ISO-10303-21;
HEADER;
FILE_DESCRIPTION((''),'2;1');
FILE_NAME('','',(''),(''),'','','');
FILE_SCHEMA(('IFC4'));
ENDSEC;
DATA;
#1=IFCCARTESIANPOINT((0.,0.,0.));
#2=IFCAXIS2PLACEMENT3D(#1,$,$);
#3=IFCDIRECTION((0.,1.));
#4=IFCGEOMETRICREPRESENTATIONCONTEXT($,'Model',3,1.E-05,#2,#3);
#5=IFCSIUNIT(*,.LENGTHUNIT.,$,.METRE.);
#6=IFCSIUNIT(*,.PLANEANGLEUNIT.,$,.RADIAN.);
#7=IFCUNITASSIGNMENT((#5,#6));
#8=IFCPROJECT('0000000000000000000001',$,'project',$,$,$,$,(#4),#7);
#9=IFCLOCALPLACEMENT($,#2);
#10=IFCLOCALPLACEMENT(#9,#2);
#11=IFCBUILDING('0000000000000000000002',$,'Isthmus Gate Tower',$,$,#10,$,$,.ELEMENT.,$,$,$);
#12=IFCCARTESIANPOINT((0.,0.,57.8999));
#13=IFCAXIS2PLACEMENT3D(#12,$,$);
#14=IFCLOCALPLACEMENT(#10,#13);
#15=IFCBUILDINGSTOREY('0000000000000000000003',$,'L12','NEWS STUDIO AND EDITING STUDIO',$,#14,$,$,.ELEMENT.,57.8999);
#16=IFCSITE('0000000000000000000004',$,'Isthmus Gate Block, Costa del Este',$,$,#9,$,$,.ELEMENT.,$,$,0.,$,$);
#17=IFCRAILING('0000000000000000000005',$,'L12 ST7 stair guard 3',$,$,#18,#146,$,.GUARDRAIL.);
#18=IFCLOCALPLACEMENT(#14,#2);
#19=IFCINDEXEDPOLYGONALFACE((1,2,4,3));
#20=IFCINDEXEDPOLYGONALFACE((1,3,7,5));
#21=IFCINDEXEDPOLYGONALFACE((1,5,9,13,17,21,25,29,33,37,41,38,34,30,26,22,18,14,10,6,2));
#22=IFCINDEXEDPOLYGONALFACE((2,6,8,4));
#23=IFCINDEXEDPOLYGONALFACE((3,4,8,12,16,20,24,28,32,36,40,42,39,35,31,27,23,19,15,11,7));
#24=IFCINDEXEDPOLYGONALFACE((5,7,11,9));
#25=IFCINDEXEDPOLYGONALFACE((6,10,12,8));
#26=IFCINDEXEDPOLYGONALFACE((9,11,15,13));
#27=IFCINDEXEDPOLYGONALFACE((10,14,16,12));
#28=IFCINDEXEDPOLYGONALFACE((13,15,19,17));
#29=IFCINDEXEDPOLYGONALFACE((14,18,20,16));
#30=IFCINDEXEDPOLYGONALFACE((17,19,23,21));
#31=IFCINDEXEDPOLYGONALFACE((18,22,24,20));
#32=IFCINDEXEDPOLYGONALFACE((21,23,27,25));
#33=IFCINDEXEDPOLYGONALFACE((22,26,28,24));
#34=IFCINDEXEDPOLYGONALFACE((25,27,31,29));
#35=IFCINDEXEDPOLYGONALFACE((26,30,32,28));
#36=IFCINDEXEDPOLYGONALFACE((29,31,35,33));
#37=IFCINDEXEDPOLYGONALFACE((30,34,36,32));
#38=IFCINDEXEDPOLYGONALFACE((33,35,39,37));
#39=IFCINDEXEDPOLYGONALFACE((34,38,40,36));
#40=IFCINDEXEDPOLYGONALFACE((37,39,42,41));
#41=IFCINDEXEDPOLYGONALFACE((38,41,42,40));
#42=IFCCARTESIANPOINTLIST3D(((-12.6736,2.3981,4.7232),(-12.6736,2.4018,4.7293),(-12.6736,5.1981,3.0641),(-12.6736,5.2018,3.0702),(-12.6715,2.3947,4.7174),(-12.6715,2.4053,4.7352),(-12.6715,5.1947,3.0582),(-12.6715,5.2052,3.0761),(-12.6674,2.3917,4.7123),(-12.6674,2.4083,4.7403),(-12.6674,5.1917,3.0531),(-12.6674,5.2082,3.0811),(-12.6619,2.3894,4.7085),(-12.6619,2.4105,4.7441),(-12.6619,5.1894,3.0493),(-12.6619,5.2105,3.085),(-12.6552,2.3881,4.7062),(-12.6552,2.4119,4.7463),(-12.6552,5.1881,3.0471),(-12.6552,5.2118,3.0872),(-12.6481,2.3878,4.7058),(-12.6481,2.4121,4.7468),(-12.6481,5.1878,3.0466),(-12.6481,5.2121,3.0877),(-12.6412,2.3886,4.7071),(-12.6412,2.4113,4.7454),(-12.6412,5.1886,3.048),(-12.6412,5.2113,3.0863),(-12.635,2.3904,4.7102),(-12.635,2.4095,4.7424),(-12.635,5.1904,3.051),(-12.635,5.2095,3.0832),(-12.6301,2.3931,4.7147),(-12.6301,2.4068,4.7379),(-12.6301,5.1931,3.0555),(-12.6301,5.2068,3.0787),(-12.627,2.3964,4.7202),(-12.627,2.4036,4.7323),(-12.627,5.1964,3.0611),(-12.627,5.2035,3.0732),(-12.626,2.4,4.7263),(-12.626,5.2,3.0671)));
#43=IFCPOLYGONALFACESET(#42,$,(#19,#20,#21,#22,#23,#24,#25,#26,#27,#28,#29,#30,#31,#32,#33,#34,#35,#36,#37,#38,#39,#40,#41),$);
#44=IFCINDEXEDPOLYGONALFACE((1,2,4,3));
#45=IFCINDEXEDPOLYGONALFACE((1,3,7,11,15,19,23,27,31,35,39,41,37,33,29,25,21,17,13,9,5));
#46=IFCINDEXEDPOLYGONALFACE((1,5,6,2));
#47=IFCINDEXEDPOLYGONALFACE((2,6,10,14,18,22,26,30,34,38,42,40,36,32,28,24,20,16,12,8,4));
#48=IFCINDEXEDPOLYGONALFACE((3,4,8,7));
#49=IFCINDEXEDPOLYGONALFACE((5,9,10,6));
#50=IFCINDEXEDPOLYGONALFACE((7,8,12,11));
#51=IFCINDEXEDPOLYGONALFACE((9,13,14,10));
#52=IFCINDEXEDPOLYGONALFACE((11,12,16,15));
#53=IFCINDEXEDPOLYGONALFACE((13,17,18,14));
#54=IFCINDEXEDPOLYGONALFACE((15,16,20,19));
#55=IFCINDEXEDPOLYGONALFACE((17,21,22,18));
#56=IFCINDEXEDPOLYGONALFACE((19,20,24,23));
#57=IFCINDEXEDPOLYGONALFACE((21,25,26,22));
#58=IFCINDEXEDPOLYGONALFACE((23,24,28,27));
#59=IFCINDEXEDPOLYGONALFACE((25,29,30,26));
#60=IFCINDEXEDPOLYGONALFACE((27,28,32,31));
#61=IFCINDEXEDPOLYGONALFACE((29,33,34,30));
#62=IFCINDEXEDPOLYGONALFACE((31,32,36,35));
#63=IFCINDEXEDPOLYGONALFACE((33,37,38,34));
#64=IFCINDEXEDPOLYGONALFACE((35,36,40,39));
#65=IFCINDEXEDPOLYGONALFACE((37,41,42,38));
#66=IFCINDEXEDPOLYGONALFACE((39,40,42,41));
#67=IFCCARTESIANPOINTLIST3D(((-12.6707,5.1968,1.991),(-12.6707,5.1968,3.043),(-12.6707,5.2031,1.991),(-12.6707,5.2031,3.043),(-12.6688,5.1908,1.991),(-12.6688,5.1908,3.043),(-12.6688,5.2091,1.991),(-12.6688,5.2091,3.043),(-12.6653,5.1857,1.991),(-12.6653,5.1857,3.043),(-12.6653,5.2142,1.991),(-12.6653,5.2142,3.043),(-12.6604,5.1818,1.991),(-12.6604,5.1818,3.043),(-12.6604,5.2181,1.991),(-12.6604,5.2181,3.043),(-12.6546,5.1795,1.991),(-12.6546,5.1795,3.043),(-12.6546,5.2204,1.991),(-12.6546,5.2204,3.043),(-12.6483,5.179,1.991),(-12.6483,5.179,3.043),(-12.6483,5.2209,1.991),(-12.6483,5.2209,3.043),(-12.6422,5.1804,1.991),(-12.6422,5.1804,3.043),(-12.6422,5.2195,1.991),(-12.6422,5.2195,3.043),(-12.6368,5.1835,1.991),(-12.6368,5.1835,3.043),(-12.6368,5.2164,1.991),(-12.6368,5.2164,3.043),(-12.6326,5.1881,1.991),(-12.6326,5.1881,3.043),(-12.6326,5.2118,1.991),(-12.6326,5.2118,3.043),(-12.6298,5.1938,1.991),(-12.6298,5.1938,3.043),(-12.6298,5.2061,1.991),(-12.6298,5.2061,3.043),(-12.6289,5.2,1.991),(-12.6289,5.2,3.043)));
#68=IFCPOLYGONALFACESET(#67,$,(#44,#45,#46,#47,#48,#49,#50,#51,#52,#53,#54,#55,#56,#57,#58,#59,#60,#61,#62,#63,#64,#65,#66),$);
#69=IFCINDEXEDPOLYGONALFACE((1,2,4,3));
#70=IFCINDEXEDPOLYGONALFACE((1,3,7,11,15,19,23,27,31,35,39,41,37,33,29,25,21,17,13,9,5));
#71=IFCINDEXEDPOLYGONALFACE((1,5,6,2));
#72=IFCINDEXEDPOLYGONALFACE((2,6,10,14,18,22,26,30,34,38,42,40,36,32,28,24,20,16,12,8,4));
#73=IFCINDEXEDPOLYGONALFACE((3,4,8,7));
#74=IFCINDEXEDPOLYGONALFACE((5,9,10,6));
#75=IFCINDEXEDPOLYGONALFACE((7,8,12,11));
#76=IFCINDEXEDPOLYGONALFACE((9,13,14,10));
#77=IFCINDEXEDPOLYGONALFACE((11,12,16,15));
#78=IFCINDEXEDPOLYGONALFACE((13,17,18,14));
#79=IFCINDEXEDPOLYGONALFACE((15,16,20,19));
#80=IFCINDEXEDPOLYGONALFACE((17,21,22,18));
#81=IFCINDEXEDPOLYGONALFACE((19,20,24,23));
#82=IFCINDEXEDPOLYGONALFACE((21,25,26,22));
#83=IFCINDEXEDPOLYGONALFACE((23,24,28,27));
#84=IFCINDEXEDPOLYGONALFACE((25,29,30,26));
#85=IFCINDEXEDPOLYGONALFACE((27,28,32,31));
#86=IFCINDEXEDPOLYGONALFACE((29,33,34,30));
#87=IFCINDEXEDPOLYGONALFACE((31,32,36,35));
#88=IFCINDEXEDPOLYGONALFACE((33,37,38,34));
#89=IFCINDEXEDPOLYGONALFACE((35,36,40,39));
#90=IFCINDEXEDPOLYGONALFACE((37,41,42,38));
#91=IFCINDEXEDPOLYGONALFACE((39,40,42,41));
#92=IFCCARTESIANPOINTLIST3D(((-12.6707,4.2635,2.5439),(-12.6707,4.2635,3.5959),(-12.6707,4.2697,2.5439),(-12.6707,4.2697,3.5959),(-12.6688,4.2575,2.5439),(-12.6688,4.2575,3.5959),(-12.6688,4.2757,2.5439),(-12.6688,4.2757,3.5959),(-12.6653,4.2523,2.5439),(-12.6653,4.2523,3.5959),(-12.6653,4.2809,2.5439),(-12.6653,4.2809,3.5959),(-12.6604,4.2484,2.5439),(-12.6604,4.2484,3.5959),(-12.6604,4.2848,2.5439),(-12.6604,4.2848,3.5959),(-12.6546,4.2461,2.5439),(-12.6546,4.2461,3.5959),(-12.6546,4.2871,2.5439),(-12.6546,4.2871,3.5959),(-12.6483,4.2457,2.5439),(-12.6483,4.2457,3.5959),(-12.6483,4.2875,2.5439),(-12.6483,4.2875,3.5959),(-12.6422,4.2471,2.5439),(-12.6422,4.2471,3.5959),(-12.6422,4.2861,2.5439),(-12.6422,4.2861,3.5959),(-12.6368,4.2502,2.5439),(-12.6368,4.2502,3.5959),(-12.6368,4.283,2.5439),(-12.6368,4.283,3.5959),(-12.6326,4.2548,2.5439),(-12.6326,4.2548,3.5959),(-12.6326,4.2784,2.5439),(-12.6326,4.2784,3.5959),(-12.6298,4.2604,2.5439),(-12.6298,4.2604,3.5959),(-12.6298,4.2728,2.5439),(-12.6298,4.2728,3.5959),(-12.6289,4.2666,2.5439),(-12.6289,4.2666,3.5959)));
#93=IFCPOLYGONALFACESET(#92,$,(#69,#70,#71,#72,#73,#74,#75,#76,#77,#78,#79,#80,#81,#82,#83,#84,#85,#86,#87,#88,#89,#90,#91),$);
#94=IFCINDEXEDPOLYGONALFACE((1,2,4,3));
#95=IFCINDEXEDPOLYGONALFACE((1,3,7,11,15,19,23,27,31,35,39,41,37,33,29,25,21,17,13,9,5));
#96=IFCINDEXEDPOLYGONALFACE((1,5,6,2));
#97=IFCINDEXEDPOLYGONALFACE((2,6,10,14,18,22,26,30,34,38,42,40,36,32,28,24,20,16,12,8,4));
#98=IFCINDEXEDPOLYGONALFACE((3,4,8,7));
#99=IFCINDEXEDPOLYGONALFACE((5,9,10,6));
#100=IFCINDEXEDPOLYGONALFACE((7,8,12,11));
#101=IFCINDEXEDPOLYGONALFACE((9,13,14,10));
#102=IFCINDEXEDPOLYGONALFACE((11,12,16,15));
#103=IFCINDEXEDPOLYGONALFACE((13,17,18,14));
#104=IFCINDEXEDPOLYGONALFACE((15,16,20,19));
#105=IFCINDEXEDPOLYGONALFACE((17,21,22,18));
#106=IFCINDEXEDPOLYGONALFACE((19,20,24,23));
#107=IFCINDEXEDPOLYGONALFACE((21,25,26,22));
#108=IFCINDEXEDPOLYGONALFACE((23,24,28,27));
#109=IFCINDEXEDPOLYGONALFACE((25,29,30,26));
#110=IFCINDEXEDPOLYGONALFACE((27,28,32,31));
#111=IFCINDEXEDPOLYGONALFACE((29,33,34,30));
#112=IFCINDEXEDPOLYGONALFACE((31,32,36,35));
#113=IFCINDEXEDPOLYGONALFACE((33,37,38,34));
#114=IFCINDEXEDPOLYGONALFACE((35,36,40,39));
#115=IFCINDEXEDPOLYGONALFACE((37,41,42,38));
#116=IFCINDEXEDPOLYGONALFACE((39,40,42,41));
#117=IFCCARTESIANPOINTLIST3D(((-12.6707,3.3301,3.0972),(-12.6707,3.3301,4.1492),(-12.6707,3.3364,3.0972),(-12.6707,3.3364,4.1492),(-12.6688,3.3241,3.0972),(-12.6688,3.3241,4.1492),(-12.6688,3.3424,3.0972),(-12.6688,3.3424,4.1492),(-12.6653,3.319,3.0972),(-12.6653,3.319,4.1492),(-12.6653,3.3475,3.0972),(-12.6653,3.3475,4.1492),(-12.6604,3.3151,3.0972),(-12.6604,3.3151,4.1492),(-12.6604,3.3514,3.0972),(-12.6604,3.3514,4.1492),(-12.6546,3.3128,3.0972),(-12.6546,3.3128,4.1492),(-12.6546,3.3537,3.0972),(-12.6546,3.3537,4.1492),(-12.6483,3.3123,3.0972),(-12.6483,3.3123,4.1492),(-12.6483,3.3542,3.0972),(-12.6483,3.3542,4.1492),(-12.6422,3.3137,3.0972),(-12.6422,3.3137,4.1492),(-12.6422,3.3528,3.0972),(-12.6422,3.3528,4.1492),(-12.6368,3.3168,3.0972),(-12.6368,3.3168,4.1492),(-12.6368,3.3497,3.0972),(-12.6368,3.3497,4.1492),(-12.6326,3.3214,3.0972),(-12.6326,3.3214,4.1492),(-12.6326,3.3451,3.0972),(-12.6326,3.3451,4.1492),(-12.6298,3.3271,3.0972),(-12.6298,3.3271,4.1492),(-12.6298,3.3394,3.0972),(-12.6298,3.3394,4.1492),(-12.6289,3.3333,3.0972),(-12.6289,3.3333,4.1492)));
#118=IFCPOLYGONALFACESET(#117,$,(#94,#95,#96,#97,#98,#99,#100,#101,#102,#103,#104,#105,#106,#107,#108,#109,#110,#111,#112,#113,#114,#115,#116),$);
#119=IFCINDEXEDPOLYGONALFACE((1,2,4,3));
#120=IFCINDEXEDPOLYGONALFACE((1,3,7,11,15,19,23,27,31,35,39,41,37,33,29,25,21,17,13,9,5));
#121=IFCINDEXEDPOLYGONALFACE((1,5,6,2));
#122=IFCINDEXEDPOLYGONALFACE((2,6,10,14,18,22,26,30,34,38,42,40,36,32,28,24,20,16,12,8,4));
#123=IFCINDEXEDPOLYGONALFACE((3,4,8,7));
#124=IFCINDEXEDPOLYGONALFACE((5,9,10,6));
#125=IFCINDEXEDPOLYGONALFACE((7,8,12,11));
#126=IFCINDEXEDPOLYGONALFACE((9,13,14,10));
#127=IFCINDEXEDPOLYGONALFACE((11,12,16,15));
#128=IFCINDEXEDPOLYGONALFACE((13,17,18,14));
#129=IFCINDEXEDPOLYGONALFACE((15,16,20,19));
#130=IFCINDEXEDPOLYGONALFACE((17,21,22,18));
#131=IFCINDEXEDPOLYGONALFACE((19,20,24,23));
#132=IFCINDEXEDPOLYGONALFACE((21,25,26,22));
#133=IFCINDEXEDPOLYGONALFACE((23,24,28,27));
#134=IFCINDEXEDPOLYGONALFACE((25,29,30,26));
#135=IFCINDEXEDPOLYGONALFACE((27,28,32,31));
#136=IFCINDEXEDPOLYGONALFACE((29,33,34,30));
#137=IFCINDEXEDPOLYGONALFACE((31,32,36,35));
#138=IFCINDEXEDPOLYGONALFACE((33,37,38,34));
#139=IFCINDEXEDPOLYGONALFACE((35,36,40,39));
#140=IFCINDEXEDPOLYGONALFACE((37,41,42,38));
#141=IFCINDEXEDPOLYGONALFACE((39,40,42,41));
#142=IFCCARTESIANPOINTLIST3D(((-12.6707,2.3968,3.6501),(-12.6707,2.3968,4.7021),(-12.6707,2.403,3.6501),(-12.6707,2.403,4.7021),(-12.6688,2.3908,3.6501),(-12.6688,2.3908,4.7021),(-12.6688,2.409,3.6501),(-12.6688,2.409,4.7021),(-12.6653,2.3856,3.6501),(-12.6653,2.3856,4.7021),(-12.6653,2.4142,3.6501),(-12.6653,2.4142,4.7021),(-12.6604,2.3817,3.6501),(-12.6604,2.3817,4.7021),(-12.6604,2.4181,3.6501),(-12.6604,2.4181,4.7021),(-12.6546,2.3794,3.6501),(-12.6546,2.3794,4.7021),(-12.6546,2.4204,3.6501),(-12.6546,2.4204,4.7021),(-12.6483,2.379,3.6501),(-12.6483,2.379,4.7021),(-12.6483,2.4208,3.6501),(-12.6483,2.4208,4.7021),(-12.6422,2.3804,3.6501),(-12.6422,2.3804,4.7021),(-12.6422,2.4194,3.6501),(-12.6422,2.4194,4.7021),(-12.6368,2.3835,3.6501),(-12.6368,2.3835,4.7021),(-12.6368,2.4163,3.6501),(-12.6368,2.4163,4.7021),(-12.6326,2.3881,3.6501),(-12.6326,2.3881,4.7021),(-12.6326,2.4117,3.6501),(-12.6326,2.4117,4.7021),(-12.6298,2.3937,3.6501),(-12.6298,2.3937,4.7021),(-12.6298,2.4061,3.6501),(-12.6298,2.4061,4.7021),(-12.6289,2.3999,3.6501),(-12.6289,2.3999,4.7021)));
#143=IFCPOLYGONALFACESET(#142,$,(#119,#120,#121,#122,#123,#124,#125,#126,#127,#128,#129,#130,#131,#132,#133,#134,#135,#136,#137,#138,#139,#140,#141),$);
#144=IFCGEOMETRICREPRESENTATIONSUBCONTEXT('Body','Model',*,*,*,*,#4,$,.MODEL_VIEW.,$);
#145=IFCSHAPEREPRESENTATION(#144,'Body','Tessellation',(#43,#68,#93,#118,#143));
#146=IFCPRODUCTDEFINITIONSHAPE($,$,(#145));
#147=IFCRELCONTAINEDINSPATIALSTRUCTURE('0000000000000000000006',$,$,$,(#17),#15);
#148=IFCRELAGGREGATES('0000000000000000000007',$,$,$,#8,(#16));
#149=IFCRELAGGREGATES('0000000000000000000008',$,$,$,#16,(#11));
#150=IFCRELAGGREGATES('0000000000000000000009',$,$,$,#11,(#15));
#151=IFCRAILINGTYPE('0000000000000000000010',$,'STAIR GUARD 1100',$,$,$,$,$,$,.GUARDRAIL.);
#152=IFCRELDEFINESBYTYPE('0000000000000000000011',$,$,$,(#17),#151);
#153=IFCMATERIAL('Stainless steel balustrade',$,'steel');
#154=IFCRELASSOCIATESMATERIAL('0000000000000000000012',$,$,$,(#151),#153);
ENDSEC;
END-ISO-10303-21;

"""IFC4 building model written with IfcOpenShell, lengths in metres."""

from ifc_helpers import new_model, si_unit, direction, frame, origin, origin_2d, place, context, subcontext, project, spatial, circle, extrude, material, type_object, element, save


model = new_model("IFC4")

# Units and contexts
model_context = context("Model", 3, precision=1e-05, world=origin(), true_north=direction((0.0, 1.0)))
body_context = subcontext(model_context, "Body", "Model", "MODEL_VIEW")
ifc_project = project(units=[si_unit("LENGTHUNIT", "METRE"), si_unit("PLANEANGLEUNIT", "RADIAN")], contexts=[model_context])

# Site, building, storey
site_placement = place(None, origin())
site = spatial("IfcSite", under=ifc_project, at=site_placement, Name="Isthmus Gate Block, Costa del Este", CompositionType="ELEMENT", RefElevation=0.0)
building_placement = place(site_placement, origin())
building = spatial("IfcBuilding", under=site, at=building_placement, Name="Isthmus Gate Tower", CompositionType="ELEMENT")
storey_placement = place(building_placement, frame((0.0, 0.0, 57.8999)))
storey = spatial("IfcBuildingStorey", under=building, at=storey_placement, Name="L12", Description="NEWS STUDIO AND EDITING STUDIO", CompositionType="ELEMENT", Elevation=57.8999)

# Railing
ifc_material_1 = material(Name="Stainless steel balustrade", Category="steel")
railing_type_1 = type_object("IfcRailingType", Name="STAIR GUARD 1100", PredefinedType="GUARDRAIL", material=ifc_material_1)
railing_1_placement = place(storey_placement, frame((-12.6499, 5.2, 1.991)))
element("IfcRailing", 1, at=railing_1_placement, inside=storey, type_object=railing_type_1, Name="L12 ST7 stair guard 3", PredefinedType="GUARDRAIL", context=body_context, shape_type="SweptSolid", body=[
    extrude(circle(Radius=0.0239, at=origin_2d()), frame((0.0, 0.0, 1.0762), z_axis=(0.0, -0.860306, 0.509778), x_axis=(1.0, 0.0, 0.0)), (0.0, 0.0, 1.0), 3.2546),
    extrude(circle(Radius=0.021, at=origin_2d()), origin(), (0.0, 0.0, 1.0), 1.052),
    extrude(circle(Radius=0.021, at=origin_2d()), frame((0.0, -0.9333, 0.553)), (0.0, 0.0, 1.0), 1.052),
    extrude(circle(Radius=0.021, at=origin_2d()), frame((0.0, -1.8667, 1.1062)), (0.0, 0.0, 1.0), 1.052),
    extrude(circle(Radius=0.021, at=origin_2d()), frame((0.0, -2.8, 1.6592)), (0.0, 0.0, 1.0), 1.052),
])

save(model, "model.ifc")
